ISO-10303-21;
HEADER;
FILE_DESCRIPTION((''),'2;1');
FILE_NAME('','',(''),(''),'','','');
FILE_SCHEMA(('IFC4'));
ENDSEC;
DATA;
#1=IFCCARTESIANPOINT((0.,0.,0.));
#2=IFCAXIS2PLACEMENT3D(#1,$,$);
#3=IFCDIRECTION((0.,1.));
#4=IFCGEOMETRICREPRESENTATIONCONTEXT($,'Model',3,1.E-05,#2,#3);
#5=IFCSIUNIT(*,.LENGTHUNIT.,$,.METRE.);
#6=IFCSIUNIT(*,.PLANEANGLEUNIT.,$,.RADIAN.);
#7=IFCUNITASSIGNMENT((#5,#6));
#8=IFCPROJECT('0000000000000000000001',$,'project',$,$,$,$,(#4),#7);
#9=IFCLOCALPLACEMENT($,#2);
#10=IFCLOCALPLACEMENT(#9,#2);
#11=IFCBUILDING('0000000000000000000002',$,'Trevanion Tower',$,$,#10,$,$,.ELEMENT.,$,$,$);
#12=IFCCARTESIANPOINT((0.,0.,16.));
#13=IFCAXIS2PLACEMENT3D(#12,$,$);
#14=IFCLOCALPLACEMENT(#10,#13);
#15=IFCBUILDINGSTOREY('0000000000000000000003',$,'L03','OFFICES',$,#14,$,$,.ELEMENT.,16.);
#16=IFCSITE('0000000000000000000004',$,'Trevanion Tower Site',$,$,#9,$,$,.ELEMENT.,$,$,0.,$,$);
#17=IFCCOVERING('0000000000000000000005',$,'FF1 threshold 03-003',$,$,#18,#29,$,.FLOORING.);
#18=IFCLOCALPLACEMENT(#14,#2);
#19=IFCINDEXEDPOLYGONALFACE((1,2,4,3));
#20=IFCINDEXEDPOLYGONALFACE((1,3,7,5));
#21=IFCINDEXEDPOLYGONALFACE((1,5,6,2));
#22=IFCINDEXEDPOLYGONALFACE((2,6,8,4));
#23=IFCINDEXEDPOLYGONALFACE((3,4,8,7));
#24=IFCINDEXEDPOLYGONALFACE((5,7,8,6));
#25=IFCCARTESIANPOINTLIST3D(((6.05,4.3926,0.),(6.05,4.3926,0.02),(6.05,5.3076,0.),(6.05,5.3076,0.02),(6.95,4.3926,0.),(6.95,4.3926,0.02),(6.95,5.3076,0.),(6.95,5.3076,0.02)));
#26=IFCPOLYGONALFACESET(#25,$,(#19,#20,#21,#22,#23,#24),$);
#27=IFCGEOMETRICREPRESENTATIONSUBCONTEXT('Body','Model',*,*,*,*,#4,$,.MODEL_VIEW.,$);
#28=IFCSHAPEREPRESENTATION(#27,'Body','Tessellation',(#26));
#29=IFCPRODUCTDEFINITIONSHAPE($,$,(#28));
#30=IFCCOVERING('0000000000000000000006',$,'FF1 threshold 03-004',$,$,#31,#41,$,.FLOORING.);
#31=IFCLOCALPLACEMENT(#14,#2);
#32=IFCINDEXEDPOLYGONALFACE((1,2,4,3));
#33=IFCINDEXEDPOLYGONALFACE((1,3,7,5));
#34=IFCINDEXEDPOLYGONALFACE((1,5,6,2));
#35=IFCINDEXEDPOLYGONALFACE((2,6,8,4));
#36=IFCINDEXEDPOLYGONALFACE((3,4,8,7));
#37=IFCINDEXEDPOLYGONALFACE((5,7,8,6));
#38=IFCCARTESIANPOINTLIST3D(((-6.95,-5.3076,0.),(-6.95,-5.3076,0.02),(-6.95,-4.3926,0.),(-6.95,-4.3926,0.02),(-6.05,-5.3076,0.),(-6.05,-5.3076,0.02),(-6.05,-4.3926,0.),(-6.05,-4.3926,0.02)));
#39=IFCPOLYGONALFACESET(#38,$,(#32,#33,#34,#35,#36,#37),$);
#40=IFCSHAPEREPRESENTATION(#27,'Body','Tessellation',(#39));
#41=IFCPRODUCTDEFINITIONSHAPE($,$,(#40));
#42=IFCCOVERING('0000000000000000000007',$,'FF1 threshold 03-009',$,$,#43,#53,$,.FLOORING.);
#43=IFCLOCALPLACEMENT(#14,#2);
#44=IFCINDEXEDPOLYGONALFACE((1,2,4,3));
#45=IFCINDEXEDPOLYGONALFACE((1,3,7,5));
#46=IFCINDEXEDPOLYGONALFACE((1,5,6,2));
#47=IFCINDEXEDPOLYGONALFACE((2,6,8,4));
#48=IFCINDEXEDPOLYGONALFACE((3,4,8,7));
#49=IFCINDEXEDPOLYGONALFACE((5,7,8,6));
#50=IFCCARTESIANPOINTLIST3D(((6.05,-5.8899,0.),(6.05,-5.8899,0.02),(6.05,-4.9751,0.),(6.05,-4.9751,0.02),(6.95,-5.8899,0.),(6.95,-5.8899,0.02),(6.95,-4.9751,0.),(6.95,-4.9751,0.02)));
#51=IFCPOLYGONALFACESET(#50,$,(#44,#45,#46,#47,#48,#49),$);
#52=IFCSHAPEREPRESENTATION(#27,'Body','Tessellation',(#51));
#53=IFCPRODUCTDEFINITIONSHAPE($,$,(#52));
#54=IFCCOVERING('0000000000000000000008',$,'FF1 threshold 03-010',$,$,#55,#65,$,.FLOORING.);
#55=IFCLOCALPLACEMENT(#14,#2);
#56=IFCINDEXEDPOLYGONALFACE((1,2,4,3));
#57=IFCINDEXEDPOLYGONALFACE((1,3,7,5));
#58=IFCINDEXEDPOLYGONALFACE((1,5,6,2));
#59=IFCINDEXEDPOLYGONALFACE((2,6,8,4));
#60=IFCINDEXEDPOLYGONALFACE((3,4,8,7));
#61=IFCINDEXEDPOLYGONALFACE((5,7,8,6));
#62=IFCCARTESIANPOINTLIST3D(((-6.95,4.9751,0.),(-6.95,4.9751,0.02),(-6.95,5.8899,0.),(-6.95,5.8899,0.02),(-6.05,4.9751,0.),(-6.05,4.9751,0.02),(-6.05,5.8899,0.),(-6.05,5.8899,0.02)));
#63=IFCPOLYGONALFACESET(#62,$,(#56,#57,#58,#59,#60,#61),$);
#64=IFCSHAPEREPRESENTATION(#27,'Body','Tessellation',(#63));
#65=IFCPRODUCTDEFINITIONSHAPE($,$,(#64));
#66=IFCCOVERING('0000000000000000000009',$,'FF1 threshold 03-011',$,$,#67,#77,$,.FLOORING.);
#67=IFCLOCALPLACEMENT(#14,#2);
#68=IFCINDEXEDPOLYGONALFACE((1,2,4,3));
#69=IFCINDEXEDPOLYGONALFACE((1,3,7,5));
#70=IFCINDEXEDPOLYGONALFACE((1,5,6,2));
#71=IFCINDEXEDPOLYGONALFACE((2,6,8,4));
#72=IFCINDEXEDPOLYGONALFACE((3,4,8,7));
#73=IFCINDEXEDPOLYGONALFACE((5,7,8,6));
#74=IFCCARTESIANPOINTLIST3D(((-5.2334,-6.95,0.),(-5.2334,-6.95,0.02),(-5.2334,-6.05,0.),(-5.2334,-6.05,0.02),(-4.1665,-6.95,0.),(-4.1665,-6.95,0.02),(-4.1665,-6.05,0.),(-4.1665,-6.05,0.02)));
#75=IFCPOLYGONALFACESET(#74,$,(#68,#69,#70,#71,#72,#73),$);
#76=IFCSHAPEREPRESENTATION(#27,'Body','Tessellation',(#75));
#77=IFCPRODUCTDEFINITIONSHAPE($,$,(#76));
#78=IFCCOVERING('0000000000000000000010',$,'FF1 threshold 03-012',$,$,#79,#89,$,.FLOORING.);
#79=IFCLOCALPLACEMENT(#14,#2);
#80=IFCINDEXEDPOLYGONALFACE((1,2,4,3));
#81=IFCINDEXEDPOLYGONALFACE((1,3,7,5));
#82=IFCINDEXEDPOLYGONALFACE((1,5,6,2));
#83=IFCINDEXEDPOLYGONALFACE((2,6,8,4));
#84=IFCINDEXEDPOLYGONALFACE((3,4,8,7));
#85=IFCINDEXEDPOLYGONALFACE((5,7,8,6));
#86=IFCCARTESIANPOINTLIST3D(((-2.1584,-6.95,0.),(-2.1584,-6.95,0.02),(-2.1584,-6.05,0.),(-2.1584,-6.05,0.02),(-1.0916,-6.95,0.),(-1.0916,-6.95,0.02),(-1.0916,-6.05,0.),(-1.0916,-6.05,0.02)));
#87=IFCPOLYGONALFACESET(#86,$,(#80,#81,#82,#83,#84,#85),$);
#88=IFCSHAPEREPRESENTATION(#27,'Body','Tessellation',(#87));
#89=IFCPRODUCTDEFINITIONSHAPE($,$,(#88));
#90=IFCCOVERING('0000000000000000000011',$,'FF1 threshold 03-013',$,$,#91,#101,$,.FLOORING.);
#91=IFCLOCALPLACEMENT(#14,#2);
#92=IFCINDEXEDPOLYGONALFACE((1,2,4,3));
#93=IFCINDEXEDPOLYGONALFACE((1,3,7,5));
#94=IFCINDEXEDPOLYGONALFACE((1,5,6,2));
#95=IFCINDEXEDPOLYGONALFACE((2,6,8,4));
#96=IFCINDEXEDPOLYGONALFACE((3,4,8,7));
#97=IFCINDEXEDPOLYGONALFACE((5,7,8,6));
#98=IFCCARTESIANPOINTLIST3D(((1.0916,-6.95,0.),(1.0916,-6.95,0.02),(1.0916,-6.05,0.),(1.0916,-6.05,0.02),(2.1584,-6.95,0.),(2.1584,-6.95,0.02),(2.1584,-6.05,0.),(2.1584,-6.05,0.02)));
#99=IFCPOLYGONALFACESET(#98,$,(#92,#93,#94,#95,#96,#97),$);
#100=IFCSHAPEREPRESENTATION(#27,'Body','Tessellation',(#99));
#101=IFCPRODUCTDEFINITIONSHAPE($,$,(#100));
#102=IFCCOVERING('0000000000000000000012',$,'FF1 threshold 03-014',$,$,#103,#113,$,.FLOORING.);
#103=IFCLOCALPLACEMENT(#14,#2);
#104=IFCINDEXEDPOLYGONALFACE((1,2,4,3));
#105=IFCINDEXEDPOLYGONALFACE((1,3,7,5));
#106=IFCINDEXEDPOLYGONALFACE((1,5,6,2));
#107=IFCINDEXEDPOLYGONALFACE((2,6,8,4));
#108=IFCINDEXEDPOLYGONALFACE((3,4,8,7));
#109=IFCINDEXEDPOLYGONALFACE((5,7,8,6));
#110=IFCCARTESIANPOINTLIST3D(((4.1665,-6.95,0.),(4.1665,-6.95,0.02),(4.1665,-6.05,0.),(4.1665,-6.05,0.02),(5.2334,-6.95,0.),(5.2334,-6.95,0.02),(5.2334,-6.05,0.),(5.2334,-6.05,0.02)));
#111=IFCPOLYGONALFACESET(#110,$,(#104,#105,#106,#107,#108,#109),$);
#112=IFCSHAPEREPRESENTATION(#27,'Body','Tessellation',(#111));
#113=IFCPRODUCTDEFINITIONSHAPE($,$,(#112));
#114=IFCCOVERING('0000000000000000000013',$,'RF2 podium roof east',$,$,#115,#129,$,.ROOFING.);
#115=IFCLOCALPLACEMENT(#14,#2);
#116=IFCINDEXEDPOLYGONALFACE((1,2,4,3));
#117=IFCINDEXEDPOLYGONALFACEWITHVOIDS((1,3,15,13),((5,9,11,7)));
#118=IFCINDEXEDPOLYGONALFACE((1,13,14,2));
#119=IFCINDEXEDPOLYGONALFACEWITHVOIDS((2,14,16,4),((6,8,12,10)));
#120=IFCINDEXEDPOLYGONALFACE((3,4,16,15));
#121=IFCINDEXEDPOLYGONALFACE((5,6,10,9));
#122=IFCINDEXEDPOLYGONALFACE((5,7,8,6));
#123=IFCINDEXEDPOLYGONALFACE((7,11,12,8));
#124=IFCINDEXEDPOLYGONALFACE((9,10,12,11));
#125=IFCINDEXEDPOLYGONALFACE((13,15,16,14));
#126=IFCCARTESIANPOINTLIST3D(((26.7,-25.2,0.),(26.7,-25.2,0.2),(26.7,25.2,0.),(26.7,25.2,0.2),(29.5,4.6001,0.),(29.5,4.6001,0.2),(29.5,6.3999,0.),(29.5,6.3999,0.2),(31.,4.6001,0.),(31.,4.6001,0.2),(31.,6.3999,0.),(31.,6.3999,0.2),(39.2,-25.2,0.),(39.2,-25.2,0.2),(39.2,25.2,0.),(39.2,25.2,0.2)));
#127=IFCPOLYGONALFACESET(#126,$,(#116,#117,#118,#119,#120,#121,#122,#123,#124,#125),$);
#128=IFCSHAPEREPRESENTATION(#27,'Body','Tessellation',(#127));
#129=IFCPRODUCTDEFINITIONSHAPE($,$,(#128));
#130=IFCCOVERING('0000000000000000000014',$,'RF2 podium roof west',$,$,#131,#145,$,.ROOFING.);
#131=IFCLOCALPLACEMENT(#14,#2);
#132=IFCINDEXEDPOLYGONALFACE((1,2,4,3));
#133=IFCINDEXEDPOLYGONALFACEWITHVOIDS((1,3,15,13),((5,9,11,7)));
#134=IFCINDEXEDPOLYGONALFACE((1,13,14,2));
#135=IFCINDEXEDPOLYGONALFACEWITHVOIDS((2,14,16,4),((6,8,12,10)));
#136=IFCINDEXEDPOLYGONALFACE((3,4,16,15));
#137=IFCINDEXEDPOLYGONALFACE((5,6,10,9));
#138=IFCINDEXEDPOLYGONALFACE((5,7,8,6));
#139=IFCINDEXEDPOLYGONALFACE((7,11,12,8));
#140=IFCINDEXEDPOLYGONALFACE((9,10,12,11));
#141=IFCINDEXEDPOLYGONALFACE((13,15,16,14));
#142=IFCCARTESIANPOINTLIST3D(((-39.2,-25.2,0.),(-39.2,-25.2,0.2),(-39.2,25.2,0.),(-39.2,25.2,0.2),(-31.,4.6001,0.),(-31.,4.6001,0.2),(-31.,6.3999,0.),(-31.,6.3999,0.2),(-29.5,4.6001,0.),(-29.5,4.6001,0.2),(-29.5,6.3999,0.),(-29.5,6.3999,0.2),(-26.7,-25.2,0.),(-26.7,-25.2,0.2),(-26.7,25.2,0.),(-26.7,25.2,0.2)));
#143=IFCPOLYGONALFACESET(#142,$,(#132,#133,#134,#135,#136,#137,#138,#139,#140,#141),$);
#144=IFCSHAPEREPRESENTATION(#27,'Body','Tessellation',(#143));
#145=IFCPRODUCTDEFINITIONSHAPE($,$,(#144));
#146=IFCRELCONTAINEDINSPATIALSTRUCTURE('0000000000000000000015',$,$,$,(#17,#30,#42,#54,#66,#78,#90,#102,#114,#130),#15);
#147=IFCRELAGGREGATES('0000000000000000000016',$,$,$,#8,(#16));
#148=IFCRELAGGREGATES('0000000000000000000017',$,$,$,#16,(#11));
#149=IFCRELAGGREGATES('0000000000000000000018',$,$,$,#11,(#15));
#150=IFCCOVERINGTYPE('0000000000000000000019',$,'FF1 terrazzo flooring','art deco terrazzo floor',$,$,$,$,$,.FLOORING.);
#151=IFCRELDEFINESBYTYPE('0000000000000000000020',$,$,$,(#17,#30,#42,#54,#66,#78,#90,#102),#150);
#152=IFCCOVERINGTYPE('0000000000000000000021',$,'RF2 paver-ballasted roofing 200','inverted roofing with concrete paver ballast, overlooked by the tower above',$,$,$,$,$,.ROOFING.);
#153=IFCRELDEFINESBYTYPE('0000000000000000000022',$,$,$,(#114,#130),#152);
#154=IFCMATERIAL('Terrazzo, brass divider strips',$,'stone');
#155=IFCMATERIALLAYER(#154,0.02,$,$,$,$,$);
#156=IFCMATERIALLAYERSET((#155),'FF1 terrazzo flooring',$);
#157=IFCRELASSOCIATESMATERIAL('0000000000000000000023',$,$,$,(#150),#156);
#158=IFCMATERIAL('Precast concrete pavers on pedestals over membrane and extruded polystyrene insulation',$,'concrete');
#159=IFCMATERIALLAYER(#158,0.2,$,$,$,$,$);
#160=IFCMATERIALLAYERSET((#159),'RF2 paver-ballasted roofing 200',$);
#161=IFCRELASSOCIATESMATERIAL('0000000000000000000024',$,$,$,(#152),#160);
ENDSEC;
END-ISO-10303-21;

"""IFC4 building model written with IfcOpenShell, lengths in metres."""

from ifc_helpers import new_model, si_unit, direction, frame, origin, place, context, subcontext, project, spatial, polyline, outline, extrude, material, layer, layer_set, type_object, element, save


model = new_model("IFC4")

# Units and contexts
model_context = context("Model", 3, precision=1e-05, world=origin(), true_north=direction((0.0, 1.0)))
body_context = subcontext(model_context, "Body", "Model", "MODEL_VIEW")
ifc_project = project(units=[si_unit("LENGTHUNIT", "METRE"), si_unit("PLANEANGLEUNIT", "RADIAN")], contexts=[model_context])

# Site, building, storey
site_placement = place(None, origin())
site = spatial("IfcSite", under=ifc_project, at=site_placement, Name="Trevanion Tower Site", CompositionType="ELEMENT", RefElevation=0.0)
building_placement = place(site_placement, origin())
building = spatial("IfcBuilding", under=site, at=building_placement, Name="Trevanion Tower", CompositionType="ELEMENT")
storey_placement = place(building_placement, frame((0.0, 0.0, 16.0)))
storey = spatial("IfcBuildingStorey", under=building, at=storey_placement, Name="L03", Description="OFFICES", CompositionType="ELEMENT", Elevation=16.0)

# Coverings
ifc_material_1 = material(Name="Terrazzo, brass divider strips", Category="stone")
ifc_layer_1 = layer(ifc_material_1, 0.02)
ifc_layer_set_1 = layer_set([ifc_layer_1], Name="FF1 terrazzo flooring")
covering_type_1 = type_object("IfcCoveringType", Name="FF1 terrazzo flooring", Description="art deco terrazzo floor", PredefinedType="FLOORING", material=ifc_layer_set_1)
covering_1_placement = place(storey_placement, origin())
element("IfcCovering", 1, at=covering_1_placement, inside=storey, type_object=covering_type_1, Name="FF1 threshold 03-003", PredefinedType="FLOORING", context=body_context, shape_type="SweptSolid", body=[
    extrude(outline(polyline([(6.95, 4.3926), (6.95, 5.3076), (6.05, 5.3076), (6.05, 4.3926), (6.95, 4.3926)])), origin(), (0.0, 0.0, 1.0), 0.02),
])
covering_2_placement = place(storey_placement, origin())
element("IfcCovering", 2, at=covering_2_placement, inside=storey, type_object=covering_type_1, Name="FF1 threshold 03-004", PredefinedType="FLOORING", context=body_context, shape_type="SweptSolid", body=[
    extrude(outline(polyline([(-6.95, -4.3926), (-6.95, -5.3076), (-6.05, -5.3076), (-6.05, -4.3926), (-6.95, -4.3926)])), origin(), (0.0, 0.0, 1.0), 0.02),
])
covering_3_placement = place(storey_placement, origin())
element("IfcCovering", 3, at=covering_3_placement, inside=storey, type_object=covering_type_1, Name="FF1 threshold 03-009", PredefinedType="FLOORING", context=body_context, shape_type="SweptSolid", body=[
    extrude(outline(polyline([(6.95, -5.8899), (6.95, -4.9751), (6.05, -4.9751), (6.05, -5.8899), (6.95, -5.8899)])), origin(), (0.0, 0.0, 1.0), 0.02),
])
covering_4_placement = place(storey_placement, origin())
element("IfcCovering", 4, at=covering_4_placement, inside=storey, type_object=covering_type_1, Name="FF1 threshold 03-010", PredefinedType="FLOORING", context=body_context, shape_type="SweptSolid", body=[
    extrude(outline(polyline([(-6.95, 5.8899), (-6.95, 4.9751), (-6.05, 4.9751), (-6.05, 5.8899), (-6.95, 5.8899)])), origin(), (0.0, 0.0, 1.0), 0.02),
])
covering_5_placement = place(storey_placement, origin())
element("IfcCovering", 5, at=covering_5_placement, inside=storey, type_object=covering_type_1, Name="FF1 threshold 03-011", PredefinedType="FLOORING", context=body_context, shape_type="SweptSolid", body=[
    extrude(outline(polyline([(-5.2334, -6.95), (-4.1665, -6.95), (-4.1665, -6.05), (-5.2334, -6.05), (-5.2334, -6.95)])), origin(), (0.0, 0.0, 1.0), 0.02),
])
covering_6_placement = place(storey_placement, origin())
element("IfcCovering", 6, at=covering_6_placement, inside=storey, type_object=covering_type_1, Name="FF1 threshold 03-012", PredefinedType="FLOORING", context=body_context, shape_type="SweptSolid", body=[
    extrude(outline(polyline([(-2.1584, -6.95), (-1.0916, -6.95), (-1.0916, -6.05), (-2.1584, -6.05), (-2.1584, -6.95)])), origin(), (0.0, 0.0, 1.0), 0.02),
])
covering_7_placement = place(storey_placement, origin())
element("IfcCovering", 7, at=covering_7_placement, inside=storey, type_object=covering_type_1, Name="FF1 threshold 03-013", PredefinedType="FLOORING", context=body_context, shape_type="SweptSolid", body=[
    extrude(outline(polyline([(1.0916, -6.95), (2.1584, -6.95), (2.1584, -6.05), (1.0916, -6.05), (1.0916, -6.95)])), origin(), (0.0, 0.0, 1.0), 0.02),
])
covering_8_placement = place(storey_placement, origin())
element("IfcCovering", 8, at=covering_8_placement, inside=storey, type_object=covering_type_1, Name="FF1 threshold 03-014", PredefinedType="FLOORING", context=body_context, shape_type="SweptSolid", body=[
    extrude(outline(polyline([(4.1665, -6.95), (5.2334, -6.95), (5.2334, -6.05), (4.1665, -6.05), (4.1665, -6.95)])), origin(), (0.0, 0.0, 1.0), 0.02),
])
ifc_material_2 = material(Name="Precast concrete pavers on pedestals over membrane and extruded polystyrene insulation", Category="concrete")
ifc_layer_2 = layer(ifc_material_2, 0.2)
ifc_layer_set_2 = layer_set([ifc_layer_2], Name="RF2 paver-ballasted roofing 200")
covering_type_2 = type_object("IfcCoveringType", Name="RF2 paver-ballasted roofing 200", Description="inverted roofing with concrete paver ballast, overlooked by the tower above", PredefinedType="ROOFING", material=ifc_layer_set_2)
covering_9_placement = place(storey_placement, origin())
element("IfcCovering", 9, at=covering_9_placement, inside=storey, type_object=covering_type_2, Name="RF2 podium roof east", PredefinedType="ROOFING", context=body_context, shape_type="SweptSolid", body=[
    extrude(outline(polyline([(26.7, 25.2), (39.2, 25.2), (39.2, -25.2), (26.7, -25.2), (26.7, 25.2)]), holes=[polyline([(31.0, 4.6001), (31.0, 6.3999), (29.5, 6.3999), (29.5, 4.6001), (31.0, 4.6001)])]), origin(), (0.0, 0.0, 1.0), 0.2),
])
covering_10_placement = place(storey_placement, origin())
element("IfcCovering", 10, at=covering_10_placement, inside=storey, type_object=covering_type_2, Name="RF2 podium roof west", PredefinedType="ROOFING", context=body_context, shape_type="SweptSolid", body=[
    extrude(outline(polyline([(-39.2, -25.2), (-39.2, 25.2), (-26.7, 25.2), (-26.7, -25.2), (-39.2, -25.2)]), holes=[polyline([(-29.5, 4.6001), (-29.5, 6.3999), (-31.0, 6.3999), (-31.0, 4.6001), (-29.5, 4.6001)])]), origin(), (0.0, 0.0, 1.0), 0.2),
])

save(model, "model.ifc")
